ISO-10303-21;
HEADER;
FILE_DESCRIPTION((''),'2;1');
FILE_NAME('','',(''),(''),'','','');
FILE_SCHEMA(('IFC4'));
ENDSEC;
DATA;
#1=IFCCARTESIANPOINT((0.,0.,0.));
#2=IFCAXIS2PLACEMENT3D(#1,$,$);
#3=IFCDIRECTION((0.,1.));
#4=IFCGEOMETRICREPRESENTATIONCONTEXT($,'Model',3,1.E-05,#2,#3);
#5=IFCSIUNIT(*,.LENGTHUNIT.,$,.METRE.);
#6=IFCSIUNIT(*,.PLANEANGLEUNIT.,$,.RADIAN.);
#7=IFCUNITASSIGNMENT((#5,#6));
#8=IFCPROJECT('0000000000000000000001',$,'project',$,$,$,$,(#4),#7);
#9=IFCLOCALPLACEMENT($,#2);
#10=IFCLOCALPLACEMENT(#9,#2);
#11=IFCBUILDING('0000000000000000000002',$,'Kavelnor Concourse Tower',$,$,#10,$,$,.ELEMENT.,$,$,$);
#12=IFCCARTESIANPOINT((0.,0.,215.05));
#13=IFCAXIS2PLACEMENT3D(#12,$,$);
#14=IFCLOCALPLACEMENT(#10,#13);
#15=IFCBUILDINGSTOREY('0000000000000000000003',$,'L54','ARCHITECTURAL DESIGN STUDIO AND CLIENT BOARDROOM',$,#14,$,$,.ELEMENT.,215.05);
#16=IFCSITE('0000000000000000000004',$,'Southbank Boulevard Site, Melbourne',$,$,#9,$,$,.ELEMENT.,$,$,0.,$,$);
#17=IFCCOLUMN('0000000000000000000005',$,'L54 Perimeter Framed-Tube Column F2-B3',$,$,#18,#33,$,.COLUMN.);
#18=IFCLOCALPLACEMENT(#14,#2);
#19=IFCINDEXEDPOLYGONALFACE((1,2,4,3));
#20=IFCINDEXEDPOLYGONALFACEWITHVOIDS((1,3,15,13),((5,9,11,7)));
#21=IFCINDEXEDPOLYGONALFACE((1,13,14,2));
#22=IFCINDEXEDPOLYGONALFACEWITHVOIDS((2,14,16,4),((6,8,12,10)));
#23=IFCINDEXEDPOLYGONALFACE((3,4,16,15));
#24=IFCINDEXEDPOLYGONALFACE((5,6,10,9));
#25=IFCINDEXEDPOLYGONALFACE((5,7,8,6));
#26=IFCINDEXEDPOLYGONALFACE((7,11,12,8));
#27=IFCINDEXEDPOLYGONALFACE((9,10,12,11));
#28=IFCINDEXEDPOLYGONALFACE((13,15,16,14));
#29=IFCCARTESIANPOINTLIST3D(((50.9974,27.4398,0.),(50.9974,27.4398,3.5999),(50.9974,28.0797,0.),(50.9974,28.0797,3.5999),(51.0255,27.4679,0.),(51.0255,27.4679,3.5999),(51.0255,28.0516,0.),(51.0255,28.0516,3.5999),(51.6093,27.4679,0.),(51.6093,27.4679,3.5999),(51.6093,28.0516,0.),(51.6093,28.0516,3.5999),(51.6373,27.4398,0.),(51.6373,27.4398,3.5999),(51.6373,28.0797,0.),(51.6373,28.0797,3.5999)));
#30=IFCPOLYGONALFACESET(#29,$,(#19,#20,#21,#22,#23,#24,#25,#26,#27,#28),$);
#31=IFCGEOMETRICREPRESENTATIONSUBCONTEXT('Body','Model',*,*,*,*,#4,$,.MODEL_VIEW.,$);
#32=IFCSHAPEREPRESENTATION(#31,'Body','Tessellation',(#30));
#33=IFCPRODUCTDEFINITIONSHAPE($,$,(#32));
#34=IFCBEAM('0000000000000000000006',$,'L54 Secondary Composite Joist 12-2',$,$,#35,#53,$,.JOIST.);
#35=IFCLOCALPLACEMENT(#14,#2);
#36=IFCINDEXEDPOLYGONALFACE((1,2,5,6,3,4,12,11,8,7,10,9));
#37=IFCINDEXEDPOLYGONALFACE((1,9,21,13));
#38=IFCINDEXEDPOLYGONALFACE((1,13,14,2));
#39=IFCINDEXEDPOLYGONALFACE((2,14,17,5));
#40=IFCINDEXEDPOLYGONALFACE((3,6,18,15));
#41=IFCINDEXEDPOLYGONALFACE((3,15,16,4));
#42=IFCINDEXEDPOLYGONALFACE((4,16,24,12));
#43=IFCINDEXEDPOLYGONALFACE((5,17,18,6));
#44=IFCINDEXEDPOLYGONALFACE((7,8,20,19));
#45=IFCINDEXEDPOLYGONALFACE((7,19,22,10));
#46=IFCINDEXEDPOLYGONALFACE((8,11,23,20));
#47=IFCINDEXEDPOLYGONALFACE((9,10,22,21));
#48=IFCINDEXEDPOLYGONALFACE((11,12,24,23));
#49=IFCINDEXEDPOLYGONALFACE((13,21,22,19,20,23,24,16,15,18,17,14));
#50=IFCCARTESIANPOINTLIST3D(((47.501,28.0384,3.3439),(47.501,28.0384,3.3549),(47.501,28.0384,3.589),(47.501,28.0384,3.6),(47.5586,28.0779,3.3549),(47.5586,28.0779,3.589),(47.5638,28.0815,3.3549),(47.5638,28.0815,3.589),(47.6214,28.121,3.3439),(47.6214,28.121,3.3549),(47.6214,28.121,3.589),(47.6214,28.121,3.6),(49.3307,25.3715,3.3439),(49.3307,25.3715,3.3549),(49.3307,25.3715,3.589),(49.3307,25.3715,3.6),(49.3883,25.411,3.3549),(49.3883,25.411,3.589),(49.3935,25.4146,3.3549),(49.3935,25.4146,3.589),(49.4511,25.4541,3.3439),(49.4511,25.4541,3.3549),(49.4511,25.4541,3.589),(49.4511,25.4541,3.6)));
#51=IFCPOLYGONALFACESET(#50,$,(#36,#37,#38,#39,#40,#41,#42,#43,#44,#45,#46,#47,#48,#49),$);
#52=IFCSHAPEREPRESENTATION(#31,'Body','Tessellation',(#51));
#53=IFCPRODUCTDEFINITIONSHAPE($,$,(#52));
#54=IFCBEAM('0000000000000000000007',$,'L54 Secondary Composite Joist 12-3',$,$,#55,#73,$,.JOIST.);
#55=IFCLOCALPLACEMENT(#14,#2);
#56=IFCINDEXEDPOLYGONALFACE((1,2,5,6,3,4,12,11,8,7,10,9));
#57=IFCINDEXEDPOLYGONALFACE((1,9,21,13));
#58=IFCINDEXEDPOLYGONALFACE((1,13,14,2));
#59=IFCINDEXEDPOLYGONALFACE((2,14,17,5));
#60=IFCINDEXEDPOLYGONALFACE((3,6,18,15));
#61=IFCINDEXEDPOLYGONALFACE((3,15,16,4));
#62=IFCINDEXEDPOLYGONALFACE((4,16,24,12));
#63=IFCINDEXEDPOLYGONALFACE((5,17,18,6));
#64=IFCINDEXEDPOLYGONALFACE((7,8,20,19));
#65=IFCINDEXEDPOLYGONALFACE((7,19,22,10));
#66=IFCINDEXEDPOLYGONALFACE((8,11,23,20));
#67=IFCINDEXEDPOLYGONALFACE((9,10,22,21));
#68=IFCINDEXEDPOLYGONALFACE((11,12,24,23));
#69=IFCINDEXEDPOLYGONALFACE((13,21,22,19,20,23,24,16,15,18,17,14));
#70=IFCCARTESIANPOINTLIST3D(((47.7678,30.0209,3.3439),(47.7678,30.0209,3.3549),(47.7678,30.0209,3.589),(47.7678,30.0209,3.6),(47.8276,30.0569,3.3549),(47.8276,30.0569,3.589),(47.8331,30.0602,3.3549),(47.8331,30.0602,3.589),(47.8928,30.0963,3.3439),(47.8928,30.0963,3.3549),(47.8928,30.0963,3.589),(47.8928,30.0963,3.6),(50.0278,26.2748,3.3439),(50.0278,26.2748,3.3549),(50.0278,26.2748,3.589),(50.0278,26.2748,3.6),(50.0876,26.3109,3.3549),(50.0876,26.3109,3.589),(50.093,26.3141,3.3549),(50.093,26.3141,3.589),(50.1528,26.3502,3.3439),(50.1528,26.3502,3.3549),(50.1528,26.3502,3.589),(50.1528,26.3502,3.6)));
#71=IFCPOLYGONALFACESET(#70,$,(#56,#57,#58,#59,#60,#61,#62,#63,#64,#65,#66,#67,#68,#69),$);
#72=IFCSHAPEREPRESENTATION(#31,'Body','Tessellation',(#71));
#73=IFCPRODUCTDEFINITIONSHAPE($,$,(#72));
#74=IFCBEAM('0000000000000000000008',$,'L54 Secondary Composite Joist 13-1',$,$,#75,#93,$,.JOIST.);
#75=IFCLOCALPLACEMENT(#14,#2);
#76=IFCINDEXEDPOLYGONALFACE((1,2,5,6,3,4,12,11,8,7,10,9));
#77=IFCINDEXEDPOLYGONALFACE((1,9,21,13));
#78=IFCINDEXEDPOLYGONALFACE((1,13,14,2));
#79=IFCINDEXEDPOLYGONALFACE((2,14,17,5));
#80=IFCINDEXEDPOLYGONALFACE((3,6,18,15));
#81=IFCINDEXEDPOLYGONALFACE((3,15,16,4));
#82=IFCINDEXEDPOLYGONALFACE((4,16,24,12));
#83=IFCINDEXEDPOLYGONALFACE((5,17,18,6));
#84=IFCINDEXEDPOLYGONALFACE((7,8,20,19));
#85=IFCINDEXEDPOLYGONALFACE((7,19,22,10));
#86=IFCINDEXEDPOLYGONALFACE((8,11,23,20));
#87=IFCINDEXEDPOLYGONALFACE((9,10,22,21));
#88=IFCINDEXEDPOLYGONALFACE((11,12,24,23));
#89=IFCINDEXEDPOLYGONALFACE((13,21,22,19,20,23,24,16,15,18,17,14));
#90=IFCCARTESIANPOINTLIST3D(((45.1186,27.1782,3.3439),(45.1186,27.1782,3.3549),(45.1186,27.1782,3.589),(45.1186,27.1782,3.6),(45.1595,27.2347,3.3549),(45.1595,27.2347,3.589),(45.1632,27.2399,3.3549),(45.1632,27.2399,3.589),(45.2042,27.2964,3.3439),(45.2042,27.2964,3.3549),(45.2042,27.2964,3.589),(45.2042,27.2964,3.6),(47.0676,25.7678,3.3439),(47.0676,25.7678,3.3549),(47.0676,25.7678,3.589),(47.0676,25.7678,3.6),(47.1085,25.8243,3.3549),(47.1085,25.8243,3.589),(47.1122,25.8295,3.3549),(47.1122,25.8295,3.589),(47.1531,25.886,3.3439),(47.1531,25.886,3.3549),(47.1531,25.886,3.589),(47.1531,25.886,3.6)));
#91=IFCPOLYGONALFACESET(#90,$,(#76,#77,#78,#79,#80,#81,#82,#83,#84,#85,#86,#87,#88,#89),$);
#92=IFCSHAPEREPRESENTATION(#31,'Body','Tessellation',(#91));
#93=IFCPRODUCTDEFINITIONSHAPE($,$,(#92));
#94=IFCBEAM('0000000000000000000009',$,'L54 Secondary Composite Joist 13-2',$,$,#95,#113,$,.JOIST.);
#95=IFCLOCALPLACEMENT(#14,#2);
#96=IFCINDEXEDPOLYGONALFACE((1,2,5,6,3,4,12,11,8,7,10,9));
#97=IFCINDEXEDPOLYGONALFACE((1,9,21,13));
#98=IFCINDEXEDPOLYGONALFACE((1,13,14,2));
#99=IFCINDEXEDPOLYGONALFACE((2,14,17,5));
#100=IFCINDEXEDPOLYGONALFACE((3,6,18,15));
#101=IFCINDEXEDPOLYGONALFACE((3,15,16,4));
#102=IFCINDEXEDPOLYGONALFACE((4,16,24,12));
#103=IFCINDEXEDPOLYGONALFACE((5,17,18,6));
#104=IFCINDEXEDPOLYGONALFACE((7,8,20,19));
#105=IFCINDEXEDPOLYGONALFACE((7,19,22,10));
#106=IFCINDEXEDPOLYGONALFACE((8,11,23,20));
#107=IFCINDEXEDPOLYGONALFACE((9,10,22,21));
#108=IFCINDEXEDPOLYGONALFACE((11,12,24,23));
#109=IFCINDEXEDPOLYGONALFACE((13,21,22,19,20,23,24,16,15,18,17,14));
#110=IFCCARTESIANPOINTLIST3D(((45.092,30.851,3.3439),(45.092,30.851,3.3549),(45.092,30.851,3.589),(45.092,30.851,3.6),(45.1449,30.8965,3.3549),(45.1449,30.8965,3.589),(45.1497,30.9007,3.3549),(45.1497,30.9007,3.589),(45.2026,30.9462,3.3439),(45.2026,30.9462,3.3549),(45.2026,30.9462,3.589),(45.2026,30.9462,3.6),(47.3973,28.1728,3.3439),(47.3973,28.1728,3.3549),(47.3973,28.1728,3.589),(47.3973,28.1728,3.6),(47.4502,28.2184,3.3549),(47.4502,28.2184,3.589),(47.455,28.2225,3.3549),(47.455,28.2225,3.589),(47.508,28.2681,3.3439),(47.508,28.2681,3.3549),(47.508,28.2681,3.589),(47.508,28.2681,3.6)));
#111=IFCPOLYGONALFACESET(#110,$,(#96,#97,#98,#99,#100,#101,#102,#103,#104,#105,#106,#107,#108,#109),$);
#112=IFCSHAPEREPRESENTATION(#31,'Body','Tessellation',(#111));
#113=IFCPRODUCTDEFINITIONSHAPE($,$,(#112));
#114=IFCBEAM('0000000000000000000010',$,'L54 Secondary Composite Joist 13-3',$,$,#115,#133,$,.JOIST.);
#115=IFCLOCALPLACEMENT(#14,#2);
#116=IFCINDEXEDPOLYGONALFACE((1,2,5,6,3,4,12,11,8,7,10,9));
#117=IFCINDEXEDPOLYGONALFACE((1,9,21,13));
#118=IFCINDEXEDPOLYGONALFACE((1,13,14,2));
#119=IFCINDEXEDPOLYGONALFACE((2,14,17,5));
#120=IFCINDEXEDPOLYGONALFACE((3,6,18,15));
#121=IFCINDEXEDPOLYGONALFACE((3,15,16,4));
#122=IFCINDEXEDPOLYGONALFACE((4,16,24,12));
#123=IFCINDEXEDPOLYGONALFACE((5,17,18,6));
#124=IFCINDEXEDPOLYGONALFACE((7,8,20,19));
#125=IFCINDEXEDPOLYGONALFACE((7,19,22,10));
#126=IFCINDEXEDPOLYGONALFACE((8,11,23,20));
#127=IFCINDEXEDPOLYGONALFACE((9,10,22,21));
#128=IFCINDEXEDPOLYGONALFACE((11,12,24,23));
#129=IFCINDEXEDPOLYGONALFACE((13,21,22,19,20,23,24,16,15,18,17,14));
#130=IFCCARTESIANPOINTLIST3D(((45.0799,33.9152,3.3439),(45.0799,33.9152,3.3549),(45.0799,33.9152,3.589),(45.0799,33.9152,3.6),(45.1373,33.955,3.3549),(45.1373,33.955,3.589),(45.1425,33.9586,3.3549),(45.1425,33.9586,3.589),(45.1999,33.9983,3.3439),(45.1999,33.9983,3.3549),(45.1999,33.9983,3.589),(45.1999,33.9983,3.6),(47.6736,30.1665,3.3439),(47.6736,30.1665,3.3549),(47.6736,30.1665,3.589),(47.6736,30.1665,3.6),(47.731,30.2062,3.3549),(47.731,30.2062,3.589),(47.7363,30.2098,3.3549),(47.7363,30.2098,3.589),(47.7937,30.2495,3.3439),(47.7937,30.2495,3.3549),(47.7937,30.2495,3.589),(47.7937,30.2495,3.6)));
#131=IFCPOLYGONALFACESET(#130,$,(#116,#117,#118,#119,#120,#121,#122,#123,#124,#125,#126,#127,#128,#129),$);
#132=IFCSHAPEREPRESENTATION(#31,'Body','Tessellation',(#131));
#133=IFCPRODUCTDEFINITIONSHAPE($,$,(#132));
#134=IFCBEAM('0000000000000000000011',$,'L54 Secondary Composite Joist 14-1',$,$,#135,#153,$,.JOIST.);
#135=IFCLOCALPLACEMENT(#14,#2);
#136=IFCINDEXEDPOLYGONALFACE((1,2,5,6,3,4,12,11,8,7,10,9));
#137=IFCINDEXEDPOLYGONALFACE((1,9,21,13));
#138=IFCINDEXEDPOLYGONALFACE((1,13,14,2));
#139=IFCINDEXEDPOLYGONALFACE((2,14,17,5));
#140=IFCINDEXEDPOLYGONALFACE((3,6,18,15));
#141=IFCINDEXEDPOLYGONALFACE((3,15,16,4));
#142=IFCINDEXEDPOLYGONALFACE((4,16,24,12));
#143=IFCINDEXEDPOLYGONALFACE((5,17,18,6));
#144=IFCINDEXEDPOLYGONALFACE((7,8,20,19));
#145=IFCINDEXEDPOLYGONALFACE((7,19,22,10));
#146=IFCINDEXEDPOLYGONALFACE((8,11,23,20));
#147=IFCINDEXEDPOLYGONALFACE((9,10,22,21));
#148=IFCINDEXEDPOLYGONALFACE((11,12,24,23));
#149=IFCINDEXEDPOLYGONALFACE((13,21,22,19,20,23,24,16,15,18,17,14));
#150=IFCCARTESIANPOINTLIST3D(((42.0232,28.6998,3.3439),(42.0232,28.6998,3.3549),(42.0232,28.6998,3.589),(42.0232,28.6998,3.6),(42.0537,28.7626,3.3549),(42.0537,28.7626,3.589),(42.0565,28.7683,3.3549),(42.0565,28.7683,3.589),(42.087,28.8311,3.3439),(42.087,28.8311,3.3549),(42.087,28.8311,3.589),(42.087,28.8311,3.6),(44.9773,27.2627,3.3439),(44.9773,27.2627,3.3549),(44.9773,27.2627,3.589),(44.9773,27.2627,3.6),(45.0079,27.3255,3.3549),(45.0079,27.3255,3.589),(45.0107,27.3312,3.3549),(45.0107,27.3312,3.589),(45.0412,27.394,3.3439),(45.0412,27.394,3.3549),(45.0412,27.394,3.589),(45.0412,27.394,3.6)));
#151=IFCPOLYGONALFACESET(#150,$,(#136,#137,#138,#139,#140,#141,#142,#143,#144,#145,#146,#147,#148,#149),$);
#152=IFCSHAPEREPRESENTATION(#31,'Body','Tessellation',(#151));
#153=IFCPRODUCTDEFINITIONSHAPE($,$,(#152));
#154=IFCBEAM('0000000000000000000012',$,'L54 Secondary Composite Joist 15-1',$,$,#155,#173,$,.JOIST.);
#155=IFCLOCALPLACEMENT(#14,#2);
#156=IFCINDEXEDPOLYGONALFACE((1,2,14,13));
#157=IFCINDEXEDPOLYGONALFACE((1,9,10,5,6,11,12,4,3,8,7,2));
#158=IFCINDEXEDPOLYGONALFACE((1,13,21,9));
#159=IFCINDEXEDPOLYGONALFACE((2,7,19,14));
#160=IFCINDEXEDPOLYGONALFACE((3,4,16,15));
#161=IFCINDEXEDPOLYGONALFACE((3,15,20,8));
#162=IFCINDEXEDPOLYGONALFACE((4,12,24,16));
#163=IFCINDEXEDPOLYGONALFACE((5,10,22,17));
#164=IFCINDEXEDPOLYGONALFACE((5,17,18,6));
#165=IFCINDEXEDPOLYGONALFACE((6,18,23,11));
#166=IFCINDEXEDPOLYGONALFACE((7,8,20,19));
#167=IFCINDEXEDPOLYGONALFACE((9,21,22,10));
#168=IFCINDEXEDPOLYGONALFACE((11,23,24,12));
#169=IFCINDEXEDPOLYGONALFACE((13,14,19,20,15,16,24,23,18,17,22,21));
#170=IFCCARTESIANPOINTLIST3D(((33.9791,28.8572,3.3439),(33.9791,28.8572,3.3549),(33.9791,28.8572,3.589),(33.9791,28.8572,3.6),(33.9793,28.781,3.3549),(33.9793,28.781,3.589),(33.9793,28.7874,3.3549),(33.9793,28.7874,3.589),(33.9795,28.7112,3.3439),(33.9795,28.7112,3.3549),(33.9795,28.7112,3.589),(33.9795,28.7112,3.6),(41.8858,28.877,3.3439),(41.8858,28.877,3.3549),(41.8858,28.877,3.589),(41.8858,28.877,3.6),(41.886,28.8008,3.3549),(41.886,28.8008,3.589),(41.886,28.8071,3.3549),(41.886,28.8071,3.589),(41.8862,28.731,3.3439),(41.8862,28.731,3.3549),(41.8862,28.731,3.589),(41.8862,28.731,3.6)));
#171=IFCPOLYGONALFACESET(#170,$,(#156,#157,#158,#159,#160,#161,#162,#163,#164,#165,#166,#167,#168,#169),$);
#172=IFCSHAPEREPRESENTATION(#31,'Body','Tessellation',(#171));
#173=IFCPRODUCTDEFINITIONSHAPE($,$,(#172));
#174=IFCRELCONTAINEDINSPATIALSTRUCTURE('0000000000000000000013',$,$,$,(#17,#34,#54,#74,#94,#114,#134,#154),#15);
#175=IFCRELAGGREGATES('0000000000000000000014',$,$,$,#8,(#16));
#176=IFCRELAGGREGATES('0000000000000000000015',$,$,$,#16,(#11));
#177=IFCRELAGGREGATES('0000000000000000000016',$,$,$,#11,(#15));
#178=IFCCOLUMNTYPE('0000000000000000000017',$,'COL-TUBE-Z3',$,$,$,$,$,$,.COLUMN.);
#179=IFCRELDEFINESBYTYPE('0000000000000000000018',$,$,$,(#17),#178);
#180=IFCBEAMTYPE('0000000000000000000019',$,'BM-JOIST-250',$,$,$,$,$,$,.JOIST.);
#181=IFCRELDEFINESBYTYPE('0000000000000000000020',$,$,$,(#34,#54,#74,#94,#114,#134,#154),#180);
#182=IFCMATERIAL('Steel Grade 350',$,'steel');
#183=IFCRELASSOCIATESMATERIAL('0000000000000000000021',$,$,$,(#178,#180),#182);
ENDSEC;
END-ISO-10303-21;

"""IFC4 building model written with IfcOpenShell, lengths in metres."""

from ifc_helpers import new_model, si_unit, direction, frame, origin, origin_2d, place, context, subcontext, project, spatial, hollow_rectangle, i_section, extrude, material, material_profile, profile_set, type_object, element, save


model = new_model("IFC4")

# Units and contexts
model_context = context("Model", 3, precision=1e-05, world=origin(), true_north=direction((0.0, 1.0)))
body_context = subcontext(model_context, "Body", "Model", "MODEL_VIEW")
ifc_project = project(units=[si_unit("LENGTHUNIT", "METRE"), si_unit("PLANEANGLEUNIT", "RADIAN")], contexts=[model_context])

# Site, building, storey
site_placement = place(None, origin())
site = spatial("IfcSite", under=ifc_project, at=site_placement, Name="Southbank Boulevard Site, Melbourne", CompositionType="ELEMENT", RefElevation=0.0)
building_placement = place(site_placement, origin())
building = spatial("IfcBuilding", under=site, at=building_placement, Name="Kavelnor Concourse Tower", CompositionType="ELEMENT")
storey_placement = place(building_placement, frame((0.0, 0.0, 215.05)))
storey = spatial("IfcBuildingStorey", under=building, at=storey_placement, Name="L54", Description="ARCHITECTURAL DESIGN STUDIO AND CLIENT BOARDROOM", CompositionType="ELEMENT", Elevation=215.05)

# Column
ifc_material_1 = material(Name="Steel Grade 350", Category="steel")
ifc_material_profile_1 = material_profile(ifc_material_1, hollow_rectangle(XDim=0.6399, YDim=0.6399, WallThickness=0.0281, at=origin_2d()), Name="SHS 640x640x28")
ifc_profile_set_1 = profile_set([ifc_material_profile_1], Name="Steel Grade 350")
column_type = type_object("IfcColumnType", Name="COL-TUBE-Z3", PredefinedType="COLUMN", material=ifc_profile_set_1)
column_placement = place(storey_placement, frame((51.3174, 27.7598, 0.0), z_axis=(0.0, 0.0, 1.0), x_axis=(1.0, 0.0, 0.0)))
element("IfcColumn", 1, at=column_placement, inside=storey, type_object=column_type, Name="L54 Perimeter Framed-Tube Column F2-B3", PredefinedType="COLUMN", context=body_context, shape_type="SweptSolid", body=[
    extrude(hollow_rectangle(XDim=0.6399, YDim=0.6399, WallThickness=0.0281, at=origin_2d()), origin(), (0.0, 0.0, 1.0), 3.5999),
])

# Beams
ifc_material_profile_2 = material_profile(ifc_material_1, i_section(OverallWidth=0.146, OverallDepth=0.2561, WebThickness=0.0063, FlangeThickness=0.011, at=origin_2d()), Name="250UB37")
ifc_profile_set_2 = profile_set([ifc_material_profile_2], Name="Steel Grade 350")
beam_type_1 = type_object("IfcBeamType", Name="BM-JOIST-250", PredefinedType="JOIST", material=ifc_profile_set_2)
beam_1_placement = place(storey_placement, frame((49.3909, 25.4128, 3.4719), z_axis=(-0.565731, 0.82459, 0.0), x_axis=(-0.82459, -0.565731, 0.0)))
element("IfcBeam", 2, at=beam_1_placement, inside=storey, type_object=beam_type_1, Name="L54 Secondary Composite Joist 12-2", PredefinedType="JOIST", context=body_context, shape_type="SweptSolid", body=[
    extrude(i_section(OverallWidth=0.146, OverallDepth=0.2561, WebThickness=0.0063, FlangeThickness=0.011, at=origin_2d()), origin(), (0.0, 0.0, 1.0), 3.2341),
])
beam_2_placement = place(storey_placement, frame((50.0903, 26.3125, 3.4719), z_axis=(-0.51657, 0.856245, 0.0), x_axis=(-0.856245, -0.51657, 0.0)))
element("IfcBeam", 3, at=beam_2_placement, inside=storey, type_object=beam_type_1, Name="L54 Secondary Composite Joist 12-3", PredefinedType="JOIST", context=body_context, shape_type="SweptSolid", body=[
    extrude(i_section(OverallWidth=0.146, OverallDepth=0.2561, WebThickness=0.0063, FlangeThickness=0.011, at=origin_2d()), origin(), (0.0, 0.0, 1.0), 4.375),
])
beam_3_placement = place(storey_placement, frame((47.1104, 25.8269, 3.4719), z_axis=(-0.810125, 0.586257, 0.0), x_axis=(-0.586257, -0.810125, 0.0)))
element("IfcBeam", 4, at=beam_3_placement, inside=storey, type_object=beam_type_1, Name="L54 Secondary Composite Joist 13-1", PredefinedType="JOIST", context=body_context, shape_type="SweptSolid", body=[
    extrude(i_section(OverallWidth=0.146, OverallDepth=0.2561, WebThickness=0.0063, FlangeThickness=0.011, at=origin_2d()), origin(), (0.0, 0.0, 1.0), 2.4058),
])
beam_4_placement = place(storey_placement, frame((47.4526, 28.2205, 3.4719), z_axis=(-0.652389, 0.757885, 0.0), x_axis=(-0.757885, -0.652389, 0.0)))
element("IfcBeam", 5, at=beam_4_placement, inside=storey, type_object=beam_type_1, Name="L54 Secondary Composite Joist 13-2", PredefinedType="JOIST", context=body_context, shape_type="SweptSolid", body=[
    extrude(i_section(OverallWidth=0.146, OverallDepth=0.2561, WebThickness=0.0063, FlangeThickness=0.011, at=origin_2d()), origin(), (0.0, 0.0, 1.0), 3.5337),
])
beam_5_placement = place(storey_placement, frame((47.7336, 30.208, 3.4719), z_axis=(-0.568979, 0.822352, 0.0), x_axis=(-0.822352, -0.568979, 0.0)))
element("IfcBeam", 6, at=beam_5_placement, inside=storey, type_object=beam_type_1, Name="L54 Secondary Composite Joist 13-3", PredefinedType="JOIST", context=body_context, shape_type="SweptSolid", body=[
    extrude(i_section(OverallWidth=0.146, OverallDepth=0.2561, WebThickness=0.0063, FlangeThickness=0.011, at=origin_2d()), origin(), (0.0, 0.0, 1.0), 4.5586),
])
beam_6_placement = place(storey_placement, frame((45.0093, 27.3284, 3.4719), z_axis=(-0.899249, 0.437436, 0.0), x_axis=(-0.437436, -0.899249, 0.0)))
element("IfcBeam", 7, at=beam_6_placement, inside=storey, type_object=beam_type_1, Name="L54 Secondary Composite Joist 14-1", PredefinedType="JOIST", context=body_context, shape_type="SweptSolid", body=[
    extrude(i_section(OverallWidth=0.146, OverallDepth=0.2561, WebThickness=0.0063, FlangeThickness=0.011, at=origin_2d()), origin(), (0.0, 0.0, 1.0), 3.2852),
])
beam_7_placement = place(storey_placement, frame((41.886, 28.804, 3.4719), z_axis=(-0.999997, -0.002501, 0.0), x_axis=(0.002501, -0.999997, 0.0)))
element("IfcBeam", 8, at=beam_7_placement, inside=storey, type_object=beam_type_1, Name="L54 Secondary Composite Joist 15-1", PredefinedType="JOIST", context=body_context, shape_type="SweptSolid", body=[
    extrude(i_section(OverallWidth=0.146, OverallDepth=0.2561, WebThickness=0.0063, FlangeThickness=0.011, at=origin_2d()), origin(), (0.0, 0.0, 1.0), 7.9067),
])

save(model, "model.ifc")
